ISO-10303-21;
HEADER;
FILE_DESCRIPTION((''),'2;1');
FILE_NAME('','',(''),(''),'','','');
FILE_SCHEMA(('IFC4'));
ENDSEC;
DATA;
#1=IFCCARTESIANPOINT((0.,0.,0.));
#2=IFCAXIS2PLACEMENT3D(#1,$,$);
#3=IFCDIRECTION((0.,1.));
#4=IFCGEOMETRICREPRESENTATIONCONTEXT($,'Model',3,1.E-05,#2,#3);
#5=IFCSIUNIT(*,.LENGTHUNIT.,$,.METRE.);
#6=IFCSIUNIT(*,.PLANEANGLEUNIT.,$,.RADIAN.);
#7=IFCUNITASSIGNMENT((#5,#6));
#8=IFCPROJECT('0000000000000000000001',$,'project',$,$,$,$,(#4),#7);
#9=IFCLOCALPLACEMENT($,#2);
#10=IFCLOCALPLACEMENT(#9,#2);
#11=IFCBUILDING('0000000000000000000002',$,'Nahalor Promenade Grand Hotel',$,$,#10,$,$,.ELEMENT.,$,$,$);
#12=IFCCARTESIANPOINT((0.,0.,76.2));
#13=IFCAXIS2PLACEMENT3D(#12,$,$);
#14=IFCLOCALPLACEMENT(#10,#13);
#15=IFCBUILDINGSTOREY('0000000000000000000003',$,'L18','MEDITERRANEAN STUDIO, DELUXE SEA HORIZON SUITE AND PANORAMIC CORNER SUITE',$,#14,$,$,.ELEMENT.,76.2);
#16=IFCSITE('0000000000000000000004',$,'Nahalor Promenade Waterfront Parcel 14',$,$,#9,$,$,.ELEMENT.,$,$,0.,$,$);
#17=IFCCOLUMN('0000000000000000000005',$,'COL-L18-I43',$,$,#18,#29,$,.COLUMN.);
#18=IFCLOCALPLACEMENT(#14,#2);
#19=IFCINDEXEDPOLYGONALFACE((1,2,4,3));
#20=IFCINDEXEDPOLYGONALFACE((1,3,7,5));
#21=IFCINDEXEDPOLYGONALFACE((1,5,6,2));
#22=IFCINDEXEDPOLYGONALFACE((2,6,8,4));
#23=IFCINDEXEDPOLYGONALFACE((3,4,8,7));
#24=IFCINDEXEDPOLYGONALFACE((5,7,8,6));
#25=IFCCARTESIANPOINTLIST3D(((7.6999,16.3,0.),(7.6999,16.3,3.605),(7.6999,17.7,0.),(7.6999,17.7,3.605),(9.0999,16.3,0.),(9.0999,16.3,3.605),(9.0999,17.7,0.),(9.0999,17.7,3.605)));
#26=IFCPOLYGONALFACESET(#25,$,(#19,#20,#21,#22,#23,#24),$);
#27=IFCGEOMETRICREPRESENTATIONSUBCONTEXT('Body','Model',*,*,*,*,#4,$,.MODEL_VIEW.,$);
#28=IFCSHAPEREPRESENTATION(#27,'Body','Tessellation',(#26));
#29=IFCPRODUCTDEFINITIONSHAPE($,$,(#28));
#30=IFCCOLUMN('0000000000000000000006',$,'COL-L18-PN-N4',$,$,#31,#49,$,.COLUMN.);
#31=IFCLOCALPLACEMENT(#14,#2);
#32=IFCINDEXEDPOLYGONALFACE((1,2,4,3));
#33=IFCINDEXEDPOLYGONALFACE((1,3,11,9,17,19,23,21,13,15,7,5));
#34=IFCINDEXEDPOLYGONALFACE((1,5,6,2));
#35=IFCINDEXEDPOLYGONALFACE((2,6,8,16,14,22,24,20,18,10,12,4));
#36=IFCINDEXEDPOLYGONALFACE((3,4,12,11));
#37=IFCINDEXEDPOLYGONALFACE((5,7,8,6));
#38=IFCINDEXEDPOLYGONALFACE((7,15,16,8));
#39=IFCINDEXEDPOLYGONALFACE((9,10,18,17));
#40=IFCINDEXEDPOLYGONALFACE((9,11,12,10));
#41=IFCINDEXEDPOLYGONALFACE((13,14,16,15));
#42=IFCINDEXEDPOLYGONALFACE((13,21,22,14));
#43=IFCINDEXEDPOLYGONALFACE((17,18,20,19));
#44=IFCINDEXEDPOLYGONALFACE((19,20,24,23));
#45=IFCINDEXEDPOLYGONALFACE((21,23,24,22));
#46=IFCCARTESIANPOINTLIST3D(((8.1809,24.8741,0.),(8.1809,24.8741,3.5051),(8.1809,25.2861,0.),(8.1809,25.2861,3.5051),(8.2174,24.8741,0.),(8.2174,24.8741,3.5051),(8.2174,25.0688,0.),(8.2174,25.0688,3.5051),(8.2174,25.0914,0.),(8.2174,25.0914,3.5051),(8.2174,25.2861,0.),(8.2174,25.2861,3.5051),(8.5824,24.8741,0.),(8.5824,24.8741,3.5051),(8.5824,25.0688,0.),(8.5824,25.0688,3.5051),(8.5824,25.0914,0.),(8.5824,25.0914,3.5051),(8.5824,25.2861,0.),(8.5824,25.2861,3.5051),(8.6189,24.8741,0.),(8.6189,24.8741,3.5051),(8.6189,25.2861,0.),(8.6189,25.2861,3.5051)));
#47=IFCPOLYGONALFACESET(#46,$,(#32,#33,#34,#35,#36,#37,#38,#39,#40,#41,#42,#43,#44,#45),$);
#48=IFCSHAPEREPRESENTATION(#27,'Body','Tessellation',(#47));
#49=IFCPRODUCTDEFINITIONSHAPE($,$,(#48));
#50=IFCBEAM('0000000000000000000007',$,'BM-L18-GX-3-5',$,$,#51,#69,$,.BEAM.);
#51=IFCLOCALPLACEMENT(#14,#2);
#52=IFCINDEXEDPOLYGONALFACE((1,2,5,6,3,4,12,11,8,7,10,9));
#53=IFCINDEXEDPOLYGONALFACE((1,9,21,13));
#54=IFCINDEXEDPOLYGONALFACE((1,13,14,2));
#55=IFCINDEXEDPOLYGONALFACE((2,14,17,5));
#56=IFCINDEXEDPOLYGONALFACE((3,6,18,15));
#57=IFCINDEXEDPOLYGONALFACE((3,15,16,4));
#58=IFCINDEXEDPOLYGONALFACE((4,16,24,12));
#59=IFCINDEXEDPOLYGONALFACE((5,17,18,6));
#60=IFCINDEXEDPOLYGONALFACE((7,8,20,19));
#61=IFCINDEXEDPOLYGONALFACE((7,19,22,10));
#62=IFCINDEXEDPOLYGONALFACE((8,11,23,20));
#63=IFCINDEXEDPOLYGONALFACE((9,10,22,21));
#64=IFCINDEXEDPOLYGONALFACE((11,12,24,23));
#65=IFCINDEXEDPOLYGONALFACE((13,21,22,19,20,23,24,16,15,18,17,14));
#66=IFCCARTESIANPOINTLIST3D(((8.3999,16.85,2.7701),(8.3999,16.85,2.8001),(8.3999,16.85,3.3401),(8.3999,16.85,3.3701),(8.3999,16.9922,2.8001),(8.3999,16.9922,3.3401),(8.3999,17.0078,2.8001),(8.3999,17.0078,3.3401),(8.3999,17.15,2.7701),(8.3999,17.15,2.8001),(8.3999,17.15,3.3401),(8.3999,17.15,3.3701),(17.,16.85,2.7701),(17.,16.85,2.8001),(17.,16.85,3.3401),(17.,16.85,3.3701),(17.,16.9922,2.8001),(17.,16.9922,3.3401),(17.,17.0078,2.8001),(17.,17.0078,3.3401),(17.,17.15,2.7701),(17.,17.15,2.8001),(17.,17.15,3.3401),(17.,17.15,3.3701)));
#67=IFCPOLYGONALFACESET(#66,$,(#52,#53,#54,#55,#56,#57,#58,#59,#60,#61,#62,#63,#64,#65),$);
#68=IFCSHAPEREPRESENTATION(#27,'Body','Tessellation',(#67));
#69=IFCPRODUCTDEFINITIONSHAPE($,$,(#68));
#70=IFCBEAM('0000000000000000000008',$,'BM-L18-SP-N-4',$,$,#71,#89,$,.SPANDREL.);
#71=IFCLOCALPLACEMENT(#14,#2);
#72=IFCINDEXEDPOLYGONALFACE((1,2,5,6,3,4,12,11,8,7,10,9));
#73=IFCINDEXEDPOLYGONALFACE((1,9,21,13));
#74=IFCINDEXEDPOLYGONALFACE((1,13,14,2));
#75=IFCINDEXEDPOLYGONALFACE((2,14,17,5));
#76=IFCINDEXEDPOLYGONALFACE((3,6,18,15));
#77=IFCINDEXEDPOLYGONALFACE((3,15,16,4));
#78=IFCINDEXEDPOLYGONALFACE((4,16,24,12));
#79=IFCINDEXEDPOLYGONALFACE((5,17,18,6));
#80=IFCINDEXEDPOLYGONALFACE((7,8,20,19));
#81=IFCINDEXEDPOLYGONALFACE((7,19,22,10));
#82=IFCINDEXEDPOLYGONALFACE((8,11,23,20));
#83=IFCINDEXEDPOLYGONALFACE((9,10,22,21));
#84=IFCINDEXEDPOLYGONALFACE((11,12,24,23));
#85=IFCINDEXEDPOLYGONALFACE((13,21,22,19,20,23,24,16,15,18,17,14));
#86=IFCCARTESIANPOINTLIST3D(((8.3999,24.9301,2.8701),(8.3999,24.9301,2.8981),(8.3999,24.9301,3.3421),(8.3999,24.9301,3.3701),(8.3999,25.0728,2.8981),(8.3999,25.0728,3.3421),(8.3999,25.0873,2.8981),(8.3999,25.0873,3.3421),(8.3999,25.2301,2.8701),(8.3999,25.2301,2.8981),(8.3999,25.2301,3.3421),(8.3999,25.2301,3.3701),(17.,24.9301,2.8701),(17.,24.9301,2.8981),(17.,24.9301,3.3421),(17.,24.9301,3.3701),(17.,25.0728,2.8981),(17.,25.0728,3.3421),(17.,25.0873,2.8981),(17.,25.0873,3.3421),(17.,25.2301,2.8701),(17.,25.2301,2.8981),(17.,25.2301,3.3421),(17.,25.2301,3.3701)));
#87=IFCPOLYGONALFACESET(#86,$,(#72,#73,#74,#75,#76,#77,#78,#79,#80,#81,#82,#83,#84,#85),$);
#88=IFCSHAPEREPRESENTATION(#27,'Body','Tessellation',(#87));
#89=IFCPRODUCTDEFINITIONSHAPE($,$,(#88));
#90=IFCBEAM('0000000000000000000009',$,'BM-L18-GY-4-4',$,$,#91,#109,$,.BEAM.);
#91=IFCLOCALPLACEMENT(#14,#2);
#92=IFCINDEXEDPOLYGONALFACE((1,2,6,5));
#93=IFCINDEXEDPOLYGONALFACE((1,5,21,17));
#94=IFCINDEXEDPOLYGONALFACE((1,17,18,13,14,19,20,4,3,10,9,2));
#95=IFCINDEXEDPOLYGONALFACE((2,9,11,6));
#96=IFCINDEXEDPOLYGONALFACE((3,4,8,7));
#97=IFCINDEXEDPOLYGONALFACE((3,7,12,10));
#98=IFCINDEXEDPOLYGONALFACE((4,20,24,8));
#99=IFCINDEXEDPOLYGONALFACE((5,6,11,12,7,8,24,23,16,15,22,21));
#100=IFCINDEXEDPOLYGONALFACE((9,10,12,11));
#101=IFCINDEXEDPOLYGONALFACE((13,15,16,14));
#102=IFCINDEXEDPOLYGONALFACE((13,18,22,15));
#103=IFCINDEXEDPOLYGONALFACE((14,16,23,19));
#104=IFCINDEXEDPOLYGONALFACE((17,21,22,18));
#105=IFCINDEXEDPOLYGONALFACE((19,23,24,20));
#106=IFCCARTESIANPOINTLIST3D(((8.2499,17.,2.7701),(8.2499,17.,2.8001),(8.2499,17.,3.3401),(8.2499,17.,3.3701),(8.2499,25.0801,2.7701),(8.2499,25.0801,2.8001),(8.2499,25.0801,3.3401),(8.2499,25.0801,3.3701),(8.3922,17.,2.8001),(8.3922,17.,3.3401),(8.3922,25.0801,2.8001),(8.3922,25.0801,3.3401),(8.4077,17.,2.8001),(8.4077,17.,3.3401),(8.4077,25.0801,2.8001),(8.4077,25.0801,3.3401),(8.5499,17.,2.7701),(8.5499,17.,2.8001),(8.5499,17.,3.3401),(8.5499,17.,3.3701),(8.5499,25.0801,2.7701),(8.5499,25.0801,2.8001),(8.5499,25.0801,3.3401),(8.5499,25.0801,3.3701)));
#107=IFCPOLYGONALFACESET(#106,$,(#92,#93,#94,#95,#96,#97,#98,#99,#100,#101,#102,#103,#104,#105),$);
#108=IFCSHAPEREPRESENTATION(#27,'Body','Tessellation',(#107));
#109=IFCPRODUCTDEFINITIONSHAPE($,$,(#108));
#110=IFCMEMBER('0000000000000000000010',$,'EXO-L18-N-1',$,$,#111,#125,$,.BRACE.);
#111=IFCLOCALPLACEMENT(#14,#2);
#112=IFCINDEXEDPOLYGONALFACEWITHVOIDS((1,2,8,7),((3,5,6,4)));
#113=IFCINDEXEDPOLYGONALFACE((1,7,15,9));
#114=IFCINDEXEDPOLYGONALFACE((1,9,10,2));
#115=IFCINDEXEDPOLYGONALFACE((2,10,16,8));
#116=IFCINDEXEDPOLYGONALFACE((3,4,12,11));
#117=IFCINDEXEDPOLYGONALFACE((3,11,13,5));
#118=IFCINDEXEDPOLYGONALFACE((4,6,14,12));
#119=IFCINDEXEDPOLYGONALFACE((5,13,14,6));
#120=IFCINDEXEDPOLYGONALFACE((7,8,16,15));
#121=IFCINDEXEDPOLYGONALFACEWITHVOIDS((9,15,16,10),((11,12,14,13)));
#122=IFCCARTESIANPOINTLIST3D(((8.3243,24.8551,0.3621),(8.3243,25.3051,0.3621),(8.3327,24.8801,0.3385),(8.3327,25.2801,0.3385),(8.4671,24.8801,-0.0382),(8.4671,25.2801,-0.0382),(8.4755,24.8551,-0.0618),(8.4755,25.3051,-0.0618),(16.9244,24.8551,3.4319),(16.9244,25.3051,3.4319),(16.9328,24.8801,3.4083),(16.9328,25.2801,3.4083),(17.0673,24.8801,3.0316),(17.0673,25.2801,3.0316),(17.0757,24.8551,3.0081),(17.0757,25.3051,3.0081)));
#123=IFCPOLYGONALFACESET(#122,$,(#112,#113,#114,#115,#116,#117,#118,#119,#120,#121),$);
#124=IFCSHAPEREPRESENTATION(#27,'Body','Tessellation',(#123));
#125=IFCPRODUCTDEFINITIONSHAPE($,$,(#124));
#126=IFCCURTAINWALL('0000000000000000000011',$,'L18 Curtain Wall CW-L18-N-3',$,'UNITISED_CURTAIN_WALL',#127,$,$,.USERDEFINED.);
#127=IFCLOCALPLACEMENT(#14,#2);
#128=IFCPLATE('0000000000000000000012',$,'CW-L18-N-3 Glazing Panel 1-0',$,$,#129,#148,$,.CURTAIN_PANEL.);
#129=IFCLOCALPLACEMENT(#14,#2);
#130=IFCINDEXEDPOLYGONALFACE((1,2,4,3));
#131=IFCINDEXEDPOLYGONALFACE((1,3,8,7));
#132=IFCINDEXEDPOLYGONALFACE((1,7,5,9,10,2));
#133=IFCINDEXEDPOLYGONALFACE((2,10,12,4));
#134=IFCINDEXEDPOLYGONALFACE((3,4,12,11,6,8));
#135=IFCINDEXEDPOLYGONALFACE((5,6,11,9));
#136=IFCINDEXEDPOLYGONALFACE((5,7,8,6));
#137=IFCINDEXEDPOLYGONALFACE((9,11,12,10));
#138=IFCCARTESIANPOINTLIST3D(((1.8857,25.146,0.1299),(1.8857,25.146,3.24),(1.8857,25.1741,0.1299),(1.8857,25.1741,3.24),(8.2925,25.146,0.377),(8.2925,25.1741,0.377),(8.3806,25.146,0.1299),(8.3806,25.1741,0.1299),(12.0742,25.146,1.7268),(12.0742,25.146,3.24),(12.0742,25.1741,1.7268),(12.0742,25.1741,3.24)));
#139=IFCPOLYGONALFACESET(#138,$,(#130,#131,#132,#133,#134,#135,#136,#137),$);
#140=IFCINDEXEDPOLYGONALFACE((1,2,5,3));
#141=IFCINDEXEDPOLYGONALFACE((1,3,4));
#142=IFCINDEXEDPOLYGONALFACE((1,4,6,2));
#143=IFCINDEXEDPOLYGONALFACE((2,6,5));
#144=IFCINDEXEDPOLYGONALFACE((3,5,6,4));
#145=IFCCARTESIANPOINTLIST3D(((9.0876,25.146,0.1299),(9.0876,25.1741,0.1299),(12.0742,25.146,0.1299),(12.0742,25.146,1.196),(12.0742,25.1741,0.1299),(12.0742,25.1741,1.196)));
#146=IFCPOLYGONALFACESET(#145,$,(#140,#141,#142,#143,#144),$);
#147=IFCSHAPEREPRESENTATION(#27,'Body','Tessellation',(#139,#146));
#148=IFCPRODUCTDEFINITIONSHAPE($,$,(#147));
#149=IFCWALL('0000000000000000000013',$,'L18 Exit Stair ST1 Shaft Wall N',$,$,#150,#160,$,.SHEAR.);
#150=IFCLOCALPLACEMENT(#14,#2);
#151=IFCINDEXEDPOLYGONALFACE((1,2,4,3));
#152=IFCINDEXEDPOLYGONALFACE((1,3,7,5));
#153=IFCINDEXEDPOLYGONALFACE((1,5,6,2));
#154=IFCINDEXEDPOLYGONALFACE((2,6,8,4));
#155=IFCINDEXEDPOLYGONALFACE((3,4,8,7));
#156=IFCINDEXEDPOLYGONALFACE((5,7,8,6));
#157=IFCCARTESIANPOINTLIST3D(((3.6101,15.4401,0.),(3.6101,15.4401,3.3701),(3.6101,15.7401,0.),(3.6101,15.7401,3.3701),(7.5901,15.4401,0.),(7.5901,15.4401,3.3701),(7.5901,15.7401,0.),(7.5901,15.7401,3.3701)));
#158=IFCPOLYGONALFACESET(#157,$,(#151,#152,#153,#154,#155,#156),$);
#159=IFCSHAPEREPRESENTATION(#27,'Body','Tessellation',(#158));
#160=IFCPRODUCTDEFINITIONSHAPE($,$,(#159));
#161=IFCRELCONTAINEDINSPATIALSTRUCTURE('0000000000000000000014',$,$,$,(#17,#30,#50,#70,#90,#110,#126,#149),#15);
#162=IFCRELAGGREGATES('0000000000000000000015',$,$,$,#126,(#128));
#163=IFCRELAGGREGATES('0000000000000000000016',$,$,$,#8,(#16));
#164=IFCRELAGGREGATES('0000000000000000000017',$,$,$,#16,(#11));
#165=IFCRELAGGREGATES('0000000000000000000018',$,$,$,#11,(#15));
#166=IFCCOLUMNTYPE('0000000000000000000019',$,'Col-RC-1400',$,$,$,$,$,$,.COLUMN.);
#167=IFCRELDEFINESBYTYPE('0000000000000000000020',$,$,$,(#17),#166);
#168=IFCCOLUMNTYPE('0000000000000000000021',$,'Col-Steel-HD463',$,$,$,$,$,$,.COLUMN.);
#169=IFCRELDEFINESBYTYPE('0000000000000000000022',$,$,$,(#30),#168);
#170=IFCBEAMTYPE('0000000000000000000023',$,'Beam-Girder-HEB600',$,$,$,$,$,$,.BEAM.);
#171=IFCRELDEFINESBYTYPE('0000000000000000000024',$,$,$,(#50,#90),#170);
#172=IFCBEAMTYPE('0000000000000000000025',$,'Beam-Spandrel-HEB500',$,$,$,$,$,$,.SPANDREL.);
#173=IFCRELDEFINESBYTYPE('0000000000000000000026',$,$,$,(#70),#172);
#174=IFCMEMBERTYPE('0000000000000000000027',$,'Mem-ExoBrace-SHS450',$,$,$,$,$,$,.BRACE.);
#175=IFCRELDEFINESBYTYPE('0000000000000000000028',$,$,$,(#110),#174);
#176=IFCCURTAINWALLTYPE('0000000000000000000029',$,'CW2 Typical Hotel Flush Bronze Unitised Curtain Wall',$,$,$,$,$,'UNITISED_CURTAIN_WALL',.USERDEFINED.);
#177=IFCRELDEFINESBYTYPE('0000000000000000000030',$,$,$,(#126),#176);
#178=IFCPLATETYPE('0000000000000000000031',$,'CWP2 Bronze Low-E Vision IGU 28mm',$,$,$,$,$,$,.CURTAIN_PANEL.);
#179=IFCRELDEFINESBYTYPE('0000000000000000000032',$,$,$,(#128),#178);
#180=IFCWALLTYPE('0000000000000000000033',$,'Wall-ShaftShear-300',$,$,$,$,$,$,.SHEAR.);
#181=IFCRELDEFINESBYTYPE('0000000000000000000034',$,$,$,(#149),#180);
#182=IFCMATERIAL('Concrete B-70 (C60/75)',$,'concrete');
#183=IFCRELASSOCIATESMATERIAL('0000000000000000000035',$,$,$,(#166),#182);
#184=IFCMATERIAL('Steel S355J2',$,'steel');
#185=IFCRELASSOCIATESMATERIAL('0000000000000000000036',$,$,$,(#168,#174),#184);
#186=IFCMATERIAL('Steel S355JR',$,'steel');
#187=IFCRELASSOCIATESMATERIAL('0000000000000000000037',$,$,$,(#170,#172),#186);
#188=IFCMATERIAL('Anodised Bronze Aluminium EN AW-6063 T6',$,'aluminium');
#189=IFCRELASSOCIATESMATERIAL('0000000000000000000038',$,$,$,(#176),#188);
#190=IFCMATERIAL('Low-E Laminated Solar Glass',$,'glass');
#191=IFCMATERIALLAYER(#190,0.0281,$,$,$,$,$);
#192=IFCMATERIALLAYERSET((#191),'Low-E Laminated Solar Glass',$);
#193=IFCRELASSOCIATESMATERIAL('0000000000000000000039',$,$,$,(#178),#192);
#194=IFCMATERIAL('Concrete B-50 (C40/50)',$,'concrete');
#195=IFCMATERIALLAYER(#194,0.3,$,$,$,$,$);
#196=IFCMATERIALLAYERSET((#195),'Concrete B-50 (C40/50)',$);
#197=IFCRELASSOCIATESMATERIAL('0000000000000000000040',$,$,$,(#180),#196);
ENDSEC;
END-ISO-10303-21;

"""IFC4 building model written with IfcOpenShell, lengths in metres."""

from ifc_helpers import new_model, si_unit, direction, frame, frame_2d, origin, origin_2d, place, context, subcontext, project, spatial, polyline, rectangle, hollow_rectangle, i_section, outline, extrude, source, transform, mapped, material, layer, layer_set, material_profile, profile_set, type_object, element, aggregate, save


model = new_model("IFC4")

# Units and contexts
model_context = context("Model", 3, precision=1e-05, world=origin(), true_north=direction((0.0, 1.0)))
body_context = subcontext(model_context, "Body", "Model", "MODEL_VIEW")
ifc_project = project(units=[si_unit("LENGTHUNIT", "METRE"), si_unit("PLANEANGLEUNIT", "RADIAN")], contexts=[model_context])

# Site, building, storey
site_placement = place(None, origin())
site = spatial("IfcSite", under=ifc_project, at=site_placement, Name="Nahalor Promenade Waterfront Parcel 14", CompositionType="ELEMENT", RefElevation=0.0)
building_placement = place(site_placement, origin())
building = spatial("IfcBuilding", under=site, at=building_placement, Name="Nahalor Promenade Grand Hotel", CompositionType="ELEMENT")
storey_placement = place(building_placement, frame((0.0, 0.0, 76.2)))
storey = spatial("IfcBuildingStorey", under=building, at=storey_placement, Name="L18", Description="MEDITERRANEAN STUDIO, DELUXE SEA HORIZON SUITE AND PANORAMIC CORNER SUITE", CompositionType="ELEMENT", Elevation=76.2)

# Columns
ifc_material_1 = material(Name="Concrete B-70 (C60/75)", Category="concrete")
ifc_material_profile_1 = material_profile(ifc_material_1, rectangle(XDim=1.4, YDim=1.4, at=origin_2d()), Name="RC 1400x1400")
ifc_profile_set_1 = profile_set([ifc_material_profile_1], Name="Concrete B-70 (C60/75)")
column_type_1 = type_object("IfcColumnType", Name="Col-RC-1400", PredefinedType="COLUMN", material=ifc_profile_set_1)
shared_shape_1 = source(origin(), body_context, "Body", "SweptSolid", [
    extrude(rectangle(XDim=1.4, YDim=1.4, at=origin_2d()), origin(), (0.0, 0.0, 1.0), 3.605),
])
column_1_placement = place(storey_placement, frame((8.3999, 17.0, 0.0), z_axis=(0.0, 0.0, 1.0), x_axis=(1.0, 0.0, 0.0)))
element("IfcColumn", 1, at=column_1_placement, inside=storey, type_object=column_type_1, Name="COL-L18-I43", PredefinedType="COLUMN", context=body_context, shape_type="MappedRepresentation", body=[
    mapped(shared_shape_1, transform((0.0, 0.0, 0.0), scale=1.0)),
])
ifc_material_2 = material(Name="Steel S355J2", Category="steel")
ifc_material_profile_2 = material_profile(ifc_material_2, i_section(OverallWidth=0.412, OverallDepth=0.438, WebThickness=0.0226, FlangeThickness=0.0365, at=origin_2d()), Name="HD 400x463")
ifc_profile_set_2 = profile_set([ifc_material_profile_2], Name="Steel S355J2")
column_type_2 = type_object("IfcColumnType", Name="Col-Steel-HD463", PredefinedType="COLUMN", material=ifc_profile_set_2)
shared_shape_2 = source(origin(), body_context, "Body", "SweptSolid", [
    extrude(i_section(OverallWidth=0.412, OverallDepth=0.438, WebThickness=0.0226, FlangeThickness=0.0365, at=origin_2d()), origin(), (0.0, 0.0, 1.0), 3.5051),
])
column_2_placement = place(storey_placement, frame((8.3999, 25.0801, 0.0), z_axis=(0.0, 0.0, 1.0), x_axis=(0.0, 1.0, 0.0)))
element("IfcColumn", 2, at=column_2_placement, inside=storey, type_object=column_type_2, Name="COL-L18-PN-N4", PredefinedType="COLUMN", context=body_context, shape_type="MappedRepresentation", body=[
    mapped(shared_shape_2, transform((0.0, 0.0, 0.0), scale=1.0)),
])

# Beams
ifc_material_3 = material(Name="Steel S355JR", Category="steel")
ifc_material_profile_3 = material_profile(ifc_material_3, i_section(OverallWidth=0.3, OverallDepth=0.6, WebThickness=0.0155, FlangeThickness=0.03, at=origin_2d()), Name="HEB 600")
ifc_profile_set_3 = profile_set([ifc_material_profile_3], Name="Steel S355JR")
beam_type_1 = type_object("IfcBeamType", Name="Beam-Girder-HEB600", PredefinedType="BEAM", material=ifc_profile_set_3)
shared_shape_3 = source(origin(), body_context, "Body", "SweptSolid", [
    extrude(i_section(OverallWidth=0.3, OverallDepth=0.6, WebThickness=0.0155, FlangeThickness=0.03, at=origin_2d()), origin(), (0.0, 0.0, 1.0), 8.6001),
])
beam_1_placement = place(storey_placement, frame((8.3999, 17.0, 3.0701), z_axis=(1.0, 0.0, 0.0), x_axis=(0.0, 1.0, 0.0)))
element("IfcBeam", 3, at=beam_1_placement, inside=storey, type_object=beam_type_1, Name="BM-L18-GX-3-5", PredefinedType="BEAM", context=body_context, shape_type="MappedRepresentation", body=[
    mapped(shared_shape_3, transform((0.0, 0.0, 0.0), scale=1.0)),
])
ifc_material_profile_4 = material_profile(ifc_material_3, i_section(OverallWidth=0.3, OverallDepth=0.5, WebThickness=0.0145, FlangeThickness=0.028, at=origin_2d()), Name="HEB 500")
ifc_profile_set_4 = profile_set([ifc_material_profile_4], Name="Steel S355JR")
beam_type_2 = type_object("IfcBeamType", Name="Beam-Spandrel-HEB500", PredefinedType="SPANDREL", material=ifc_profile_set_4)
shared_shape_4 = source(origin(), body_context, "Body", "SweptSolid", [
    extrude(i_section(OverallWidth=0.3, OverallDepth=0.5, WebThickness=0.0145, FlangeThickness=0.028, at=origin_2d()), origin(), (0.0, 0.0, 1.0), 8.6001),
])
beam_2_placement = place(storey_placement, frame((8.3999, 25.0801, 3.1201), z_axis=(1.0, 0.0, 0.0), x_axis=(0.0, 1.0, 0.0)))
element("IfcBeam", 4, at=beam_2_placement, inside=storey, type_object=beam_type_2, Name="BM-L18-SP-N-4", PredefinedType="SPANDREL", context=body_context, shape_type="MappedRepresentation", body=[
    mapped(shared_shape_4, transform((0.0, 0.0, 0.0), scale=1.0)),
])
shared_shape_5 = source(origin(), body_context, "Body", "SweptSolid", [
    extrude(i_section(OverallWidth=0.3, OverallDepth=0.6, WebThickness=0.0155, FlangeThickness=0.03, at=origin_2d()), origin(), (0.0, 0.0, 1.0), 8.0801),
])
beam_3_placement = place(storey_placement, frame((8.3999, 17.0, 3.0701), z_axis=(0.0, 1.0, 0.0), x_axis=(-1.0, 0.0, 0.0)))
element("IfcBeam", 5, at=beam_3_placement, inside=storey, type_object=beam_type_1, Name="BM-L18-GY-4-4", PredefinedType="BEAM", context=body_context, shape_type="MappedRepresentation", body=[
    mapped(shared_shape_5, transform((0.0, 0.0, 0.0), scale=1.0)),
])

# Member
ifc_material_profile_5 = material_profile(ifc_material_2, hollow_rectangle(XDim=0.45, YDim=0.45, WallThickness=0.025, at=origin_2d()), Name="SHS 450x450x25")
ifc_profile_set_5 = profile_set([ifc_material_profile_5], Name="Steel S355J2")
member_type = type_object("IfcMemberType", Name="Mem-ExoBrace-SHS450", PredefinedType="BRACE", material=ifc_profile_set_5)
shared_shape_6 = source(origin(), body_context, "Body", "SweptSolid", [
    extrude(hollow_rectangle(XDim=0.45, YDim=0.45, WallThickness=0.025, at=origin_2d()), origin(), (0.0, 0.0, 1.0), 9.1316),
])
member_placement = place(storey_placement, frame((8.3999, 25.0801, 0.1501), z_axis=(0.941799, 0.0, 0.336177), x_axis=(0.0, 1.0, 0.0)))
element("IfcMember", 6, at=member_placement, inside=storey, type_object=member_type, Name="EXO-L18-N-1", PredefinedType="BRACE", context=body_context, shape_type="MappedRepresentation", body=[
    mapped(shared_shape_6, transform((0.0, 0.0, 0.0), scale=1.0)),
])

# Curtain wall, plate
ifc_material_4 = material(Name="Anodised Bronze Aluminium EN AW-6063 T6", Category="aluminium")
curtain_wall_type = type_object("IfcCurtainWallType", Name="CW2 Typical Hotel Flush Bronze Unitised Curtain Wall", ElementType="UNITISED_CURTAIN_WALL", PredefinedType="USERDEFINED", material=ifc_material_4)
curtain_wall_placement = place(storey_placement, origin())
curtain_wall = element("IfcCurtainWall", 7, at=curtain_wall_placement, inside=storey, type_object=curtain_wall_type, Name="L18 Curtain Wall CW-L18-N-3", ObjectType="UNITISED_CURTAIN_WALL", PredefinedType="USERDEFINED")
ifc_material_5 = material(Name="Low-E Laminated Solar Glass", Category="glass")
ifc_layer_1 = layer(ifc_material_5, 0.0281)
ifc_layer_set_1 = layer_set([ifc_layer_1], Name="Low-E Laminated Solar Glass")
plate_type = type_object("IfcPlateType", Name="CWP2 Bronze Low-E Vision IGU 28mm", PredefinedType="CURTAIN_PANEL", material=ifc_layer_set_1)
plate_placement = place(storey_placement, frame((6.98, 25.1599, 0.1299), z_axis=(0.0, 0.0, 1.0), x_axis=(1.0, 0.0, 0.0)))
plate = element("IfcPlate", 8, at=plate_placement, type_object=plate_type, Name="CW-L18-N-3 Glazing Panel 1-0", PredefinedType="CURTAIN_PANEL", context=body_context, shape_type="SweptSolid", body=[
    extrude(outline(polyline([(-5.0942, 3.1101), (-5.0942, 0.0), (1.4006, 0.0), (1.3125, 0.2471), (5.0942, 1.5969), (5.0942, 3.1101), (-5.0942, 3.1101)])), frame((0.0, 0.0142, 0.0), z_axis=(0.0, -1.0, 0.0), x_axis=(1.0, 0.0, 0.0)), (0.0, 0.0, 1.0), 0.0281),
    extrude(outline(polyline([(2.1077, 0.0), (5.0942, 0.0), (5.0942, 1.0662), (2.1077, 0.0)])), frame((0.0, 0.0142, 0.0), z_axis=(0.0, -1.0, 0.0), x_axis=(1.0, 0.0, 0.0)), (0.0, 0.0, 1.0), 0.0281),
])
aggregate(curtain_wall, [plate])

# Wall
ifc_material_6 = material(Name="Concrete B-50 (C40/50)", Category="concrete")
ifc_layer_2 = layer(ifc_material_6, 0.3)
ifc_layer_set_2 = layer_set([ifc_layer_2], Name="Concrete B-50 (C40/50)")
wall_type_1 = type_object("IfcWallType", Name="Wall-ShaftShear-300", PredefinedType="SHEAR", material=ifc_layer_set_2)
shared_shape_7 = source(origin(), body_context, "Body", "SweptSolid", [
    extrude(rectangle(XDim=3.98, YDim=0.3, at=frame_2d((1.99, 0.0))), origin(), (0.0, 0.0, 1.0), 3.3701),
])
wall_1_placement = place(storey_placement, frame((3.6101, 15.5901, 0.0), z_axis=(0.0, 0.0, 1.0), x_axis=(1.0, 0.0, 0.0)))
element("IfcWall", 9, at=wall_1_placement, inside=storey, type_object=wall_type_1, Name="L18 Exit Stair ST1 Shaft Wall N", PredefinedType="SHEAR", context=body_context, shape_type="MappedRepresentation", body=[
    mapped(shared_shape_7, transform((0.0, 0.0, 0.0), scale=1.0)),
])

save(model, "model.ifc")
